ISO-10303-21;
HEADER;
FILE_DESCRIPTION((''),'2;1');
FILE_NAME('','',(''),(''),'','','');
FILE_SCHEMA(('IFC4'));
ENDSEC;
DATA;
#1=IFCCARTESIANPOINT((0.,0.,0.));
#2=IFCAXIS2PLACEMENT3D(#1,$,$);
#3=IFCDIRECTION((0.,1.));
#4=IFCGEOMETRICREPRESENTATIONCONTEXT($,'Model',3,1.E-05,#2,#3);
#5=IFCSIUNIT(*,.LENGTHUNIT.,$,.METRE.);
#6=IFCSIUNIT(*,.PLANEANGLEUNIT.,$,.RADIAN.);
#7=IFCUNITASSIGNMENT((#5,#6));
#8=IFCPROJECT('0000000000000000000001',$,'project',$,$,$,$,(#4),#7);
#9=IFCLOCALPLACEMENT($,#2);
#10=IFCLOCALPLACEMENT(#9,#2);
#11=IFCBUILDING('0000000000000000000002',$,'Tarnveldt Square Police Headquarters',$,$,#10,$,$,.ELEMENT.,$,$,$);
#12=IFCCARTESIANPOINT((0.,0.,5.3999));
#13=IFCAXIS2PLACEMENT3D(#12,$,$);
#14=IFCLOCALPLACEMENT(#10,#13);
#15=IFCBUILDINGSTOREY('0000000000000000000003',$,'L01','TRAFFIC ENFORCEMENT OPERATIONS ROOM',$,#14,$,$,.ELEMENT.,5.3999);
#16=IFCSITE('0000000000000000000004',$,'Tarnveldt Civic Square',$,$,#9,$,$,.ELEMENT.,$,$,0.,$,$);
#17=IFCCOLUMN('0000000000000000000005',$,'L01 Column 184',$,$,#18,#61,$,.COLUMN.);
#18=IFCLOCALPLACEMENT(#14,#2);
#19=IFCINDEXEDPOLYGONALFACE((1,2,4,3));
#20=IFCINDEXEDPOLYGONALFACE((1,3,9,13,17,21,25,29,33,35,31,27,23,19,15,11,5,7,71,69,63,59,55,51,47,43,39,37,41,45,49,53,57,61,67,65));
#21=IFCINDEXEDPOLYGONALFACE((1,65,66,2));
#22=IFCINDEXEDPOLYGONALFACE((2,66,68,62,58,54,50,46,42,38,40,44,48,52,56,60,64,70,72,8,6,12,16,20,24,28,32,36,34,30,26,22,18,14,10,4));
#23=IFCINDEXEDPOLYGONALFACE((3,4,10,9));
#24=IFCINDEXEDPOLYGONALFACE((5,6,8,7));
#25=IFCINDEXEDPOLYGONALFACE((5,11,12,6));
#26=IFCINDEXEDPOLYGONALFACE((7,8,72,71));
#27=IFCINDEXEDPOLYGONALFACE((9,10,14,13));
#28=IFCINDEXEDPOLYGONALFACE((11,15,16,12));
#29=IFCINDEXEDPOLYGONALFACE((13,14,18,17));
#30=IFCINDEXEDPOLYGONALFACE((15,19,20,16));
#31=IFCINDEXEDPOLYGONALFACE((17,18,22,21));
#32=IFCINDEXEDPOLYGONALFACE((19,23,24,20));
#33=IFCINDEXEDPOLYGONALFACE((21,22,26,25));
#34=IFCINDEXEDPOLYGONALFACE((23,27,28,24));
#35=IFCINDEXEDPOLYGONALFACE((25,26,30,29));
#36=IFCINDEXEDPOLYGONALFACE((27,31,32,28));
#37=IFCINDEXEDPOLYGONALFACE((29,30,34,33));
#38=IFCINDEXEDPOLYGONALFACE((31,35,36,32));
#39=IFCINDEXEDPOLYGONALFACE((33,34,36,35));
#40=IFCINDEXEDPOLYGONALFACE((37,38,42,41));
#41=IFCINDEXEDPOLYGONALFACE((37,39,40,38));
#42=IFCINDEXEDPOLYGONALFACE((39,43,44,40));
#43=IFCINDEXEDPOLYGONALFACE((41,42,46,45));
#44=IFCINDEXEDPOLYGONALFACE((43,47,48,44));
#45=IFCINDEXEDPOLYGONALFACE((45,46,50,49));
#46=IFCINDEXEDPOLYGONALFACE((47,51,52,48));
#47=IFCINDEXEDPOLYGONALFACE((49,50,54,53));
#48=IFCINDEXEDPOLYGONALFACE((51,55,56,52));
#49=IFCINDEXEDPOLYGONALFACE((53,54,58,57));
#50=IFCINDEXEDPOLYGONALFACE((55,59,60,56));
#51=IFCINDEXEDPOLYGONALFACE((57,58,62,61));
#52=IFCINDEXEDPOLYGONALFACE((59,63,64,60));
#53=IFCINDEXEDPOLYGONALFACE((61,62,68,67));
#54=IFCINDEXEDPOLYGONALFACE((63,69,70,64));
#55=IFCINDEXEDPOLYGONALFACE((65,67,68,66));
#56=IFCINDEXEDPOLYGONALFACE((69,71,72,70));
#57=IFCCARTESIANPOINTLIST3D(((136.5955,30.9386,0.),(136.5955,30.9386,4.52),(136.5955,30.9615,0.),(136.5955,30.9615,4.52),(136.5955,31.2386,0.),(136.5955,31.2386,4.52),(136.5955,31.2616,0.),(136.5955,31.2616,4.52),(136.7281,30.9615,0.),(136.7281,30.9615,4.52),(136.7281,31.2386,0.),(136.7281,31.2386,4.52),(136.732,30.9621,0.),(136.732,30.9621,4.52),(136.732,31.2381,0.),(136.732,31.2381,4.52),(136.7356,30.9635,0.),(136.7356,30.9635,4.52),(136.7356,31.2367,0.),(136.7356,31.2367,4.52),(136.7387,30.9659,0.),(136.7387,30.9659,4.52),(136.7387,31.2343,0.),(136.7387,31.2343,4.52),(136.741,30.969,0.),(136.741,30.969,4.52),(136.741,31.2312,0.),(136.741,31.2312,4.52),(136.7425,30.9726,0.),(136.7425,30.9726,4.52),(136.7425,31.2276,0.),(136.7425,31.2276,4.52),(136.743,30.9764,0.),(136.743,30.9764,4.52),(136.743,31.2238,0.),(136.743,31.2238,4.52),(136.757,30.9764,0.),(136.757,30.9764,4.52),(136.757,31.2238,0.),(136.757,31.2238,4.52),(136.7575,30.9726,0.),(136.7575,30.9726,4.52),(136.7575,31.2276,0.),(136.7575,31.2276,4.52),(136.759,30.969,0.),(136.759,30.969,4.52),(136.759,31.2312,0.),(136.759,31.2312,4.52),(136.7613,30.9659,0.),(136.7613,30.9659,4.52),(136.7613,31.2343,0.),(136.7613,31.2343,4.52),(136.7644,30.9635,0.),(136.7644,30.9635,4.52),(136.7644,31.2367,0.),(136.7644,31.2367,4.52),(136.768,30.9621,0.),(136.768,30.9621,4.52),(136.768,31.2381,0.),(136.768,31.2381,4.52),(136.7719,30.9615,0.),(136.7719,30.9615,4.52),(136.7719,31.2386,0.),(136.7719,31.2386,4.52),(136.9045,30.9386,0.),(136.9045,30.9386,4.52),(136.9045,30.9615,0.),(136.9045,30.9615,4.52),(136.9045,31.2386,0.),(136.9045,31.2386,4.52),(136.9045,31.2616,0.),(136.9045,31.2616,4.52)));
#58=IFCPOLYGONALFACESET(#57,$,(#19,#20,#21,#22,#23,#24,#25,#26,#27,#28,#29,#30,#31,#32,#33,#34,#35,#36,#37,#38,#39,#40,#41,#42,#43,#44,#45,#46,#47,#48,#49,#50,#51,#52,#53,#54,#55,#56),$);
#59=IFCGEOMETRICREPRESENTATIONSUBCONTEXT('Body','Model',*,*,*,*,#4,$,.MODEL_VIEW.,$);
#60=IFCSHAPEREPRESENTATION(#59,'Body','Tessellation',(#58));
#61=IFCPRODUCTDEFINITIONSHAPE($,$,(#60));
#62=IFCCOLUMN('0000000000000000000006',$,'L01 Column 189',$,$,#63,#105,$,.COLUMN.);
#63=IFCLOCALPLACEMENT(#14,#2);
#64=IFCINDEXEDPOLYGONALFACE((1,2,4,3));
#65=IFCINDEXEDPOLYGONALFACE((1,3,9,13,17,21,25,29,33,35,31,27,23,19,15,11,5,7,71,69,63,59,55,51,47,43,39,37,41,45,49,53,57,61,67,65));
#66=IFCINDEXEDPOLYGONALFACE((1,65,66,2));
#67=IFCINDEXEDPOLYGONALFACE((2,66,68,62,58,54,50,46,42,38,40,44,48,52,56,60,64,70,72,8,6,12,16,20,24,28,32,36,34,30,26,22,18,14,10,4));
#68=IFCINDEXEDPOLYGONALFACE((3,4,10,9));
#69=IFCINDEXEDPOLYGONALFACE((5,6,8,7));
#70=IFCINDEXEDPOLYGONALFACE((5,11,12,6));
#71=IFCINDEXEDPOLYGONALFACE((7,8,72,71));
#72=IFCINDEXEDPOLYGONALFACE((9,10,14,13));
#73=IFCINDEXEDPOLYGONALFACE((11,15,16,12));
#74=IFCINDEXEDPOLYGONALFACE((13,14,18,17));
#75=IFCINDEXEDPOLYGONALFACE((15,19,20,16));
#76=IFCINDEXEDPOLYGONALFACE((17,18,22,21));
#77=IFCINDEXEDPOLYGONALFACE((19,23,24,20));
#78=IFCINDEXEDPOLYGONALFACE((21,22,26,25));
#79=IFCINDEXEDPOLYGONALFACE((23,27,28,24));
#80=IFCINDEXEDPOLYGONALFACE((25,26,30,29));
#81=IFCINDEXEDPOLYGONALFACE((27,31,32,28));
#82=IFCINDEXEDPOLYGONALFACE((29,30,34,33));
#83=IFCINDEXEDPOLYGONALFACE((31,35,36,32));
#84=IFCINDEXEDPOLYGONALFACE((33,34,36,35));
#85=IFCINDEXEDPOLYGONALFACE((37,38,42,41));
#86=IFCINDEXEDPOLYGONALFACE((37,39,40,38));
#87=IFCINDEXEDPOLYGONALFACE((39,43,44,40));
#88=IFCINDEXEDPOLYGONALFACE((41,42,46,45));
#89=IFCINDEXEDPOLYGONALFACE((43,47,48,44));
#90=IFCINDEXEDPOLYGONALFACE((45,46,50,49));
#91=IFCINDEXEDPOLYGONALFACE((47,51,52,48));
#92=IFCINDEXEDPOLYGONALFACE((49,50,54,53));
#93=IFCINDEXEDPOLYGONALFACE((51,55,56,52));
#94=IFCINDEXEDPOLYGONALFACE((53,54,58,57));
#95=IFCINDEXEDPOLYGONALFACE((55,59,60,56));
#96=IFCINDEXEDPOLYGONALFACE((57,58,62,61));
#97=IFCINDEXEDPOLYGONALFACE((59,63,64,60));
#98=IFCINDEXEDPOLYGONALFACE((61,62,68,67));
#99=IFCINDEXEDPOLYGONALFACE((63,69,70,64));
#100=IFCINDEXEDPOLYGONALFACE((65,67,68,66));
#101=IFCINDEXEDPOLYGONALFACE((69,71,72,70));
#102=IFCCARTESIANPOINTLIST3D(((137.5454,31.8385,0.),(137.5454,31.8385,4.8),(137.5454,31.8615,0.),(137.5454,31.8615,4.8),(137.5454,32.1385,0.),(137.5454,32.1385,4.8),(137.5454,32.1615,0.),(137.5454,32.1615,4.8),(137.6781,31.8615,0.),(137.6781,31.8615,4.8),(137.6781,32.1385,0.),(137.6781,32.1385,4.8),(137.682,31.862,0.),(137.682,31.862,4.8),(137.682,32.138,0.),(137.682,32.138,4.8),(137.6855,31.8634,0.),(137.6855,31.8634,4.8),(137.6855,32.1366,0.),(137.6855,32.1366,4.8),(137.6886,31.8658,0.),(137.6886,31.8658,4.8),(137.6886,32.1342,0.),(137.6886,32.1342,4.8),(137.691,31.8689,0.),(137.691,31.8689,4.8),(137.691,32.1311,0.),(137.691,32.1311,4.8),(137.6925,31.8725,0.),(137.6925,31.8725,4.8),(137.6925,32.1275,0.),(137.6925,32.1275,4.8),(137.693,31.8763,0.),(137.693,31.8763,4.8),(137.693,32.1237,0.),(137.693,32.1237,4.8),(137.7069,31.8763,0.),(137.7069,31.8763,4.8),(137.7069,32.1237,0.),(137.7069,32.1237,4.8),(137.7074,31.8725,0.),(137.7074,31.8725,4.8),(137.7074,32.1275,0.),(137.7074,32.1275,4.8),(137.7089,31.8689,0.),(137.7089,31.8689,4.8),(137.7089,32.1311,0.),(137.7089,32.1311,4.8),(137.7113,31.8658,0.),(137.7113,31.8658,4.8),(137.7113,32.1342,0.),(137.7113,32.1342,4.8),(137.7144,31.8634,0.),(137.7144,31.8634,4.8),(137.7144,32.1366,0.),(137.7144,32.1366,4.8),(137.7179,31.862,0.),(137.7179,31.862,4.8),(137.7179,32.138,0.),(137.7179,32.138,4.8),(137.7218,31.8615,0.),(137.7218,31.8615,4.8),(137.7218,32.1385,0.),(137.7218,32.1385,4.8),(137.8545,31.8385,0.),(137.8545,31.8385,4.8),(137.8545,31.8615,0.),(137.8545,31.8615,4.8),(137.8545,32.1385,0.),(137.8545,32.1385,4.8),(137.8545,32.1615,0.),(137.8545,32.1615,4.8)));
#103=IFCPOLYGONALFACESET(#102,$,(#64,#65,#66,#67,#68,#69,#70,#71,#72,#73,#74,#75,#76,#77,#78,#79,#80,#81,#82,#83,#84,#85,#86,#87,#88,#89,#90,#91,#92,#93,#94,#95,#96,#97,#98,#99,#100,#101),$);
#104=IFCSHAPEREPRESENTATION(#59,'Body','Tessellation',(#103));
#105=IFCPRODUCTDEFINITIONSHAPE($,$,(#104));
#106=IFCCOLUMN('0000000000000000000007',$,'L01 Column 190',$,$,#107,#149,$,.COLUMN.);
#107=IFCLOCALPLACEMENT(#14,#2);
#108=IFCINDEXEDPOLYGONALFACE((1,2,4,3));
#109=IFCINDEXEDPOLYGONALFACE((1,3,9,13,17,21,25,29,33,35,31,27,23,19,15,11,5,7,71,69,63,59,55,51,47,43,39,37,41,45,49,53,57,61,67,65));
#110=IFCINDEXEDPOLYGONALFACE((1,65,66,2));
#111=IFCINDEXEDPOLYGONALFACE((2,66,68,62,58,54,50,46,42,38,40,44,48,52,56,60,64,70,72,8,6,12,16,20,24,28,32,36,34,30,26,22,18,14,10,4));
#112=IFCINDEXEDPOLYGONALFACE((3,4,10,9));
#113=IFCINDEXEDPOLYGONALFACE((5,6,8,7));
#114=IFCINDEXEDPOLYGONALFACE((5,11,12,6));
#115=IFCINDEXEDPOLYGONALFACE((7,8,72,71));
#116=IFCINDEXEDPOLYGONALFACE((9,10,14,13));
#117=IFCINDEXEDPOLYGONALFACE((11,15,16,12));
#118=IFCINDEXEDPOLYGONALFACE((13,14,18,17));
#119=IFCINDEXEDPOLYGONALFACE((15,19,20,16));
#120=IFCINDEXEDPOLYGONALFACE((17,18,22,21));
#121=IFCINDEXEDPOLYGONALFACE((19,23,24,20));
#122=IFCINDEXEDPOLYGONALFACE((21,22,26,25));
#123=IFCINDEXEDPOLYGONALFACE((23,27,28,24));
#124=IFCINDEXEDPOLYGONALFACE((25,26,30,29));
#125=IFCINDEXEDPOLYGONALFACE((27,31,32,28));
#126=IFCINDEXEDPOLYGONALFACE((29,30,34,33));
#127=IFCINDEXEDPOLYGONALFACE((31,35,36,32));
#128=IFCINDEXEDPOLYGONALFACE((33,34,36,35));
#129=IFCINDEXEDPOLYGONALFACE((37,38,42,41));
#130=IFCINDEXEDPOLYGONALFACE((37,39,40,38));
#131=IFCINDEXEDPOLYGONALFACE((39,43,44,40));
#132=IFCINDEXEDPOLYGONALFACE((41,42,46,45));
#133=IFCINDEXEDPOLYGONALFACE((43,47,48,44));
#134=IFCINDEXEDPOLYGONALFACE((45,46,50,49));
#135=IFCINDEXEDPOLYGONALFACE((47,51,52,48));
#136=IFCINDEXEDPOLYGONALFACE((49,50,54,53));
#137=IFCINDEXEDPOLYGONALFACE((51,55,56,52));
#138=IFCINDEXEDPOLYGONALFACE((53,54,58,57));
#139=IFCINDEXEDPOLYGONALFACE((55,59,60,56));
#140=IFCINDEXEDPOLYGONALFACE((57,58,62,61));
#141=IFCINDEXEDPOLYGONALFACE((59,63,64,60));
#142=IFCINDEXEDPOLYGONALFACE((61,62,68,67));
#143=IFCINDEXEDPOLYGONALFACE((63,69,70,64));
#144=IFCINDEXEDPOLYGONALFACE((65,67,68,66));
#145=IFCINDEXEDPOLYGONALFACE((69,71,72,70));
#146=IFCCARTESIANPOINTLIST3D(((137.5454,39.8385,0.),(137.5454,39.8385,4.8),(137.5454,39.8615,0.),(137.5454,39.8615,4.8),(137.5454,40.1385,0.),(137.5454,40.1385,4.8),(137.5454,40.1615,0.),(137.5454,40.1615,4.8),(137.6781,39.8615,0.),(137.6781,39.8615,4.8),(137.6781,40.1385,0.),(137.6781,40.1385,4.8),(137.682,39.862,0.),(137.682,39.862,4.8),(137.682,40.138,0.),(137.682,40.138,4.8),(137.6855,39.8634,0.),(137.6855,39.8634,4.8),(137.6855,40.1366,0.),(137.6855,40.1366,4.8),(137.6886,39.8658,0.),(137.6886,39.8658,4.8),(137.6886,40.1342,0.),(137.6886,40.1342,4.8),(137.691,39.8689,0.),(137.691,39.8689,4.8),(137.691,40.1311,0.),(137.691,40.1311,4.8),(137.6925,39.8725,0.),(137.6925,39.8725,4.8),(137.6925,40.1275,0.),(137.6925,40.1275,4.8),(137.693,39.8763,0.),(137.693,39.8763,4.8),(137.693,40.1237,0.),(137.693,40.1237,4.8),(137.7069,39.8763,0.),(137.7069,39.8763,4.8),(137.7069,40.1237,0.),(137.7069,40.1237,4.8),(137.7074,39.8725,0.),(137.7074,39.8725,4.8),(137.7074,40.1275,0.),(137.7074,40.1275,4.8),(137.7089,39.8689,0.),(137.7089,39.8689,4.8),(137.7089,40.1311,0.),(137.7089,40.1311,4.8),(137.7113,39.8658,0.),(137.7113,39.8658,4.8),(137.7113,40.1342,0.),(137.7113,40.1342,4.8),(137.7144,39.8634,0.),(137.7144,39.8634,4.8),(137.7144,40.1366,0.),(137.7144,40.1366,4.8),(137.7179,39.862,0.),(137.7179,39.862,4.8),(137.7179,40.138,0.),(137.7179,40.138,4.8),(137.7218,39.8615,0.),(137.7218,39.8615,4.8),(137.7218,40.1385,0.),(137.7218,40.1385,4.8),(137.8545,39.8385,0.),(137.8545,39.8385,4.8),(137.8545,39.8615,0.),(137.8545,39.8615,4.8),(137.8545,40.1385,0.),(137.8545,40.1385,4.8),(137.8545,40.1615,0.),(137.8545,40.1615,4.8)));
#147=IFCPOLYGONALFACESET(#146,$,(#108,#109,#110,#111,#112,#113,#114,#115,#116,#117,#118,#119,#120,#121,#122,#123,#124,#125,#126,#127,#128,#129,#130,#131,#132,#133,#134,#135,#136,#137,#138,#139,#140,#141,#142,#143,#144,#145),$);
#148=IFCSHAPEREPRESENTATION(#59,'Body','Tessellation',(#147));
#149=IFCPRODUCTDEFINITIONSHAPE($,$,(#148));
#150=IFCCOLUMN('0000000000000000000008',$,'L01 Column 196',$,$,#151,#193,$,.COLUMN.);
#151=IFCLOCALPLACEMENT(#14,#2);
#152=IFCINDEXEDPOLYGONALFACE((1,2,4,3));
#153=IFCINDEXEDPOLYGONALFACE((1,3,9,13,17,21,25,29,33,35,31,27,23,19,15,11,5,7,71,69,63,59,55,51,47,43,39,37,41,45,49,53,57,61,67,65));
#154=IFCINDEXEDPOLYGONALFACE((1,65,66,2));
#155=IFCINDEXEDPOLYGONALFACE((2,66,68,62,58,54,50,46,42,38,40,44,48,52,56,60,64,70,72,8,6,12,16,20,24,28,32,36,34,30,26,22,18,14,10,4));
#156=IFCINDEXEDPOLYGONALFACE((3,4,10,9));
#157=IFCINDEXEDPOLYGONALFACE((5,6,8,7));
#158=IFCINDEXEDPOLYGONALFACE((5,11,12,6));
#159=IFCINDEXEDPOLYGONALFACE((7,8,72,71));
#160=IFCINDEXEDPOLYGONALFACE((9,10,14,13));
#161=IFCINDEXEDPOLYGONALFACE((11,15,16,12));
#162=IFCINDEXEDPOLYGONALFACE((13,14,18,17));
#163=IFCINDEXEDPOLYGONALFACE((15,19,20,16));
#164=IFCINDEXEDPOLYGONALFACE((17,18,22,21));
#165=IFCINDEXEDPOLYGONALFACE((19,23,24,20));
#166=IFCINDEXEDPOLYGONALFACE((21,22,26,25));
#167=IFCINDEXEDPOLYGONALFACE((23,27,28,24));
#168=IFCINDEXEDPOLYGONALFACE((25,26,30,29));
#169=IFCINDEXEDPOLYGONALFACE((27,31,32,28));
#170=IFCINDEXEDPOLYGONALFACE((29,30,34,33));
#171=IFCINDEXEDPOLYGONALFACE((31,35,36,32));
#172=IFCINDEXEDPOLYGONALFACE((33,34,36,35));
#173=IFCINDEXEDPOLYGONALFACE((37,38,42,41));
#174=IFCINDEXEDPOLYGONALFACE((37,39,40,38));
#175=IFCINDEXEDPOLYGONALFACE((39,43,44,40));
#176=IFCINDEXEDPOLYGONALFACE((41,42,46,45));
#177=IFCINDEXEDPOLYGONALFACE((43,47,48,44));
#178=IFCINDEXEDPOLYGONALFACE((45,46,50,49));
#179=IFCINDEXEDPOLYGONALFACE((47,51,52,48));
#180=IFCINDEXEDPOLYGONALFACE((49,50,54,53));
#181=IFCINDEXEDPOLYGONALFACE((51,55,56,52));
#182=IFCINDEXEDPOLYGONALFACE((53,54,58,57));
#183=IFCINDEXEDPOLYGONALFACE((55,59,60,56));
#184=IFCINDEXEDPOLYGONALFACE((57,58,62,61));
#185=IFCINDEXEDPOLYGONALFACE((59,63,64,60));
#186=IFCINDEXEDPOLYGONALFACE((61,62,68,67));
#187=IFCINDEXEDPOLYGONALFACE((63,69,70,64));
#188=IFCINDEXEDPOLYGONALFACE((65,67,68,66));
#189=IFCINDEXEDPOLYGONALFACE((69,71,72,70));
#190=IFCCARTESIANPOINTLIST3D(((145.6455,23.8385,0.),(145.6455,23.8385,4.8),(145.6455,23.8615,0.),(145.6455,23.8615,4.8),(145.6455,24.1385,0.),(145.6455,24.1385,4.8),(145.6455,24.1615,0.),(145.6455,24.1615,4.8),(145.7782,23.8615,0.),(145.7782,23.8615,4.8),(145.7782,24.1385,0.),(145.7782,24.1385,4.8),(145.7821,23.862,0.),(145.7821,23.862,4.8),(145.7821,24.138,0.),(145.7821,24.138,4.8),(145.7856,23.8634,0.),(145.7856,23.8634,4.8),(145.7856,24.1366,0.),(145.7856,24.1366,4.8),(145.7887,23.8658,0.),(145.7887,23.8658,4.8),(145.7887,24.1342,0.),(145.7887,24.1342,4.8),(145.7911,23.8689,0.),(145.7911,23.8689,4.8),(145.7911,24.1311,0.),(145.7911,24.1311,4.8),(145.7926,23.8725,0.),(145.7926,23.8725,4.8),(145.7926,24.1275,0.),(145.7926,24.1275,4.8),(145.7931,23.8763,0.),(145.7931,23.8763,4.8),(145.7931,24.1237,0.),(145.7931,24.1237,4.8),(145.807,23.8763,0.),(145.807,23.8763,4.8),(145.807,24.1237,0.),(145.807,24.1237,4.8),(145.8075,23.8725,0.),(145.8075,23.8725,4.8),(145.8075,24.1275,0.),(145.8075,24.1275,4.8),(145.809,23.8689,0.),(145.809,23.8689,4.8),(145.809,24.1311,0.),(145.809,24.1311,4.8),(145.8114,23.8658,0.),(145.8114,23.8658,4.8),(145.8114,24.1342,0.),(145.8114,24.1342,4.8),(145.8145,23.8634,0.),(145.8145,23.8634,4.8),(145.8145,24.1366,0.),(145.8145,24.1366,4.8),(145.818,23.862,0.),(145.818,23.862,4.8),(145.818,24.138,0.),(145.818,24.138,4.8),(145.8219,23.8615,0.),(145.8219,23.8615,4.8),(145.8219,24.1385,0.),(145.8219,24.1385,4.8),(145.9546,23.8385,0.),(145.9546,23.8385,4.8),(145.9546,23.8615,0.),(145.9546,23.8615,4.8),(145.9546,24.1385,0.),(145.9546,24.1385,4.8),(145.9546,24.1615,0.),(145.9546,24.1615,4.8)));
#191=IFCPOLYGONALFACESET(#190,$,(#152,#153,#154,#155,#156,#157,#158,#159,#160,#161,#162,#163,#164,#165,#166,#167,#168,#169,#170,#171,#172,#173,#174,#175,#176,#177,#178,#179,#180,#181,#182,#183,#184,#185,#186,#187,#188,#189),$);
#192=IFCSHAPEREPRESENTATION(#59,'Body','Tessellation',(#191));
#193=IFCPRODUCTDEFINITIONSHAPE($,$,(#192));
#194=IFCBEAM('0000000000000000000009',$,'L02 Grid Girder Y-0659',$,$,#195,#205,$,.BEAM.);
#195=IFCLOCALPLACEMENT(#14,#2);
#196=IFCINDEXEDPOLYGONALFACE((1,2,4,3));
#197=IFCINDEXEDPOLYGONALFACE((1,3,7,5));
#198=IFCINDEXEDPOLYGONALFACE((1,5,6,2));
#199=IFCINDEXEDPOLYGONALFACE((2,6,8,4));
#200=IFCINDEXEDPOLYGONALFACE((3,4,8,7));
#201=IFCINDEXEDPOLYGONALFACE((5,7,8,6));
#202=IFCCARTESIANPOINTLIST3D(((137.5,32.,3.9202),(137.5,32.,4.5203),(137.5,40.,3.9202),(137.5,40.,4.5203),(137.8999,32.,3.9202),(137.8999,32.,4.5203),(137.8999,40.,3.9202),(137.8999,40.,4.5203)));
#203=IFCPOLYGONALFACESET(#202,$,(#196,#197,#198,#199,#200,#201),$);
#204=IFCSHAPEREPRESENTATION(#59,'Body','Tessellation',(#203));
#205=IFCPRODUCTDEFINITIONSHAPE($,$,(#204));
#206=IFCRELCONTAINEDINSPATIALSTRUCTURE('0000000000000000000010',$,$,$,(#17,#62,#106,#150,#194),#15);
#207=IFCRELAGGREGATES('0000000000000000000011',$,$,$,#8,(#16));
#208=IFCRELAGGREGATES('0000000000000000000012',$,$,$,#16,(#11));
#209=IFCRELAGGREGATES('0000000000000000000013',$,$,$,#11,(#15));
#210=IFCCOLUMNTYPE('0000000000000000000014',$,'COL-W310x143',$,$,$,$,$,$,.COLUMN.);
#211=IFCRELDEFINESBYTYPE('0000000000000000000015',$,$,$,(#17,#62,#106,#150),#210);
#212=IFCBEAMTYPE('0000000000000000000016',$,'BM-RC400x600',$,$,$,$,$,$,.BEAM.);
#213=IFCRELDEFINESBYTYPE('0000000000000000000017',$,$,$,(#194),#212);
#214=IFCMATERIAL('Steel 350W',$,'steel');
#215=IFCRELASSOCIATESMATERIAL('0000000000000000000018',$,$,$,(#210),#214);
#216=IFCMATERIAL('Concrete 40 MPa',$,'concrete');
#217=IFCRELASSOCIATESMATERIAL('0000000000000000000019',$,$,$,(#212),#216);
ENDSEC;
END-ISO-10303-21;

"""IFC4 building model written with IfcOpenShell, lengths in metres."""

from ifc_helpers import new_model, si_unit, direction, frame, origin, origin_2d, place, context, subcontext, project, spatial, rectangle, i_section, extrude, material, material_profile, profile_set, type_object, element, save


model = new_model("IFC4")

# Units and contexts
model_context = context("Model", 3, precision=1e-05, world=origin(), true_north=direction((0.0, 1.0)))
body_context = subcontext(model_context, "Body", "Model", "MODEL_VIEW")
ifc_project = project(units=[si_unit("LENGTHUNIT", "METRE"), si_unit("PLANEANGLEUNIT", "RADIAN")], contexts=[model_context])

# Site, building, storey
site_placement = place(None, origin())
site = spatial("IfcSite", under=ifc_project, at=site_placement, Name="Tarnveldt Civic Square", CompositionType="ELEMENT", RefElevation=0.0)
building_placement = place(site_placement, origin())
building = spatial("IfcBuilding", under=site, at=building_placement, Name="Tarnveldt Square Police Headquarters", CompositionType="ELEMENT")
storey_placement = place(building_placement, frame((0.0, 0.0, 5.3999)))
storey = spatial("IfcBuildingStorey", under=building, at=storey_placement, Name="L01", Description="TRAFFIC ENFORCEMENT OPERATIONS ROOM", CompositionType="ELEMENT", Elevation=5.3999)

# Columns
ifc_material_1 = material(Name="Steel 350W", Category="steel")
ifc_material_profile_1 = material_profile(ifc_material_1, i_section(OverallWidth=0.3091, OverallDepth=0.323, WebThickness=0.0139, FlangeThickness=0.0229, FilletRadius=0.0149, at=origin_2d()), Name="W310x143")
ifc_profile_set_1 = profile_set([ifc_material_profile_1], Name="Steel 350W")
column_type = type_object("IfcColumnType", Name="COL-W310x143", PredefinedType="COLUMN", material=ifc_profile_set_1)
column_placement = place(storey_placement, frame((136.75, 31.1001, 0.0), z_axis=(0.0, 0.0, 1.0), x_axis=(1.0, 0.0, 0.0)))
element("IfcColumn", 1, at=column_placement, inside=storey, type_object=column_type, Name="L01 Column 184", PredefinedType="COLUMN", context=body_context, shape_type="SweptSolid", body=[
    extrude(i_section(OverallWidth=0.3091, OverallDepth=0.323, WebThickness=0.0139, FlangeThickness=0.0229, FilletRadius=0.0149, at=origin_2d()), origin(), (0.0, 0.0, 1.0), 4.52),
])
for number, where, z_axis, x_axis, name in (
    (2, (137.7, 32.0, 0.0), (0.0, 0.0, 1.0), (1.0, 0.0, 0.0), "L01 Column 189"),
    (3, (137.7, 40.0, 0.0), (0.0, 0.0, 1.0), (1.0, 0.0, 0.0), "L01 Column 190"),
    (4, (145.8, 24.0, 0.0), (0.0, 0.0, 1.0), (1.0, 0.0, 0.0), "L01 Column 196"),
):
    element("IfcColumn", number, at=place(storey_placement, frame(where, z_axis=z_axis, x_axis=x_axis)), inside=storey, type_object=column_type, Name=name, PredefinedType="COLUMN", context=body_context, shape_type="SweptSolid", body=[
        extrude(i_section(OverallWidth=0.3091, OverallDepth=0.323, WebThickness=0.0139, FlangeThickness=0.0229, FilletRadius=0.0149, at=origin_2d()), origin(), (0.0, 0.0, 1.0), 4.8),
    ])

# Beam
ifc_material_2 = material(Name="Concrete 40 MPa", Category="concrete")
ifc_material_profile_2 = material_profile(ifc_material_2, rectangle(XDim=0.3999, YDim=0.6001, at=origin_2d()), Name="RC-B400x600")
ifc_profile_set_2 = profile_set([ifc_material_profile_2], Name="Concrete 40 MPa")
beam_type_1 = type_object("IfcBeamType", Name="BM-RC400x600", PredefinedType="BEAM", material=ifc_profile_set_2)
beam_1_placement = place(storey_placement, frame((137.7, 32.0, 4.2202), z_axis=(0.0, 1.0, 0.0), x_axis=(-1.0, 0.0, 0.0)))
element("IfcBeam", 5, at=beam_1_placement, inside=storey, type_object=beam_type_1, Name="L02 Grid Girder Y-0659", PredefinedType="BEAM", context=body_context, shape_type="SweptSolid", body=[
    extrude(rectangle(XDim=0.3999, YDim=0.6001, at=origin_2d()), origin(), (0.0, 0.0, 1.0), 8.0),
])

save(model, "model.ifc")
